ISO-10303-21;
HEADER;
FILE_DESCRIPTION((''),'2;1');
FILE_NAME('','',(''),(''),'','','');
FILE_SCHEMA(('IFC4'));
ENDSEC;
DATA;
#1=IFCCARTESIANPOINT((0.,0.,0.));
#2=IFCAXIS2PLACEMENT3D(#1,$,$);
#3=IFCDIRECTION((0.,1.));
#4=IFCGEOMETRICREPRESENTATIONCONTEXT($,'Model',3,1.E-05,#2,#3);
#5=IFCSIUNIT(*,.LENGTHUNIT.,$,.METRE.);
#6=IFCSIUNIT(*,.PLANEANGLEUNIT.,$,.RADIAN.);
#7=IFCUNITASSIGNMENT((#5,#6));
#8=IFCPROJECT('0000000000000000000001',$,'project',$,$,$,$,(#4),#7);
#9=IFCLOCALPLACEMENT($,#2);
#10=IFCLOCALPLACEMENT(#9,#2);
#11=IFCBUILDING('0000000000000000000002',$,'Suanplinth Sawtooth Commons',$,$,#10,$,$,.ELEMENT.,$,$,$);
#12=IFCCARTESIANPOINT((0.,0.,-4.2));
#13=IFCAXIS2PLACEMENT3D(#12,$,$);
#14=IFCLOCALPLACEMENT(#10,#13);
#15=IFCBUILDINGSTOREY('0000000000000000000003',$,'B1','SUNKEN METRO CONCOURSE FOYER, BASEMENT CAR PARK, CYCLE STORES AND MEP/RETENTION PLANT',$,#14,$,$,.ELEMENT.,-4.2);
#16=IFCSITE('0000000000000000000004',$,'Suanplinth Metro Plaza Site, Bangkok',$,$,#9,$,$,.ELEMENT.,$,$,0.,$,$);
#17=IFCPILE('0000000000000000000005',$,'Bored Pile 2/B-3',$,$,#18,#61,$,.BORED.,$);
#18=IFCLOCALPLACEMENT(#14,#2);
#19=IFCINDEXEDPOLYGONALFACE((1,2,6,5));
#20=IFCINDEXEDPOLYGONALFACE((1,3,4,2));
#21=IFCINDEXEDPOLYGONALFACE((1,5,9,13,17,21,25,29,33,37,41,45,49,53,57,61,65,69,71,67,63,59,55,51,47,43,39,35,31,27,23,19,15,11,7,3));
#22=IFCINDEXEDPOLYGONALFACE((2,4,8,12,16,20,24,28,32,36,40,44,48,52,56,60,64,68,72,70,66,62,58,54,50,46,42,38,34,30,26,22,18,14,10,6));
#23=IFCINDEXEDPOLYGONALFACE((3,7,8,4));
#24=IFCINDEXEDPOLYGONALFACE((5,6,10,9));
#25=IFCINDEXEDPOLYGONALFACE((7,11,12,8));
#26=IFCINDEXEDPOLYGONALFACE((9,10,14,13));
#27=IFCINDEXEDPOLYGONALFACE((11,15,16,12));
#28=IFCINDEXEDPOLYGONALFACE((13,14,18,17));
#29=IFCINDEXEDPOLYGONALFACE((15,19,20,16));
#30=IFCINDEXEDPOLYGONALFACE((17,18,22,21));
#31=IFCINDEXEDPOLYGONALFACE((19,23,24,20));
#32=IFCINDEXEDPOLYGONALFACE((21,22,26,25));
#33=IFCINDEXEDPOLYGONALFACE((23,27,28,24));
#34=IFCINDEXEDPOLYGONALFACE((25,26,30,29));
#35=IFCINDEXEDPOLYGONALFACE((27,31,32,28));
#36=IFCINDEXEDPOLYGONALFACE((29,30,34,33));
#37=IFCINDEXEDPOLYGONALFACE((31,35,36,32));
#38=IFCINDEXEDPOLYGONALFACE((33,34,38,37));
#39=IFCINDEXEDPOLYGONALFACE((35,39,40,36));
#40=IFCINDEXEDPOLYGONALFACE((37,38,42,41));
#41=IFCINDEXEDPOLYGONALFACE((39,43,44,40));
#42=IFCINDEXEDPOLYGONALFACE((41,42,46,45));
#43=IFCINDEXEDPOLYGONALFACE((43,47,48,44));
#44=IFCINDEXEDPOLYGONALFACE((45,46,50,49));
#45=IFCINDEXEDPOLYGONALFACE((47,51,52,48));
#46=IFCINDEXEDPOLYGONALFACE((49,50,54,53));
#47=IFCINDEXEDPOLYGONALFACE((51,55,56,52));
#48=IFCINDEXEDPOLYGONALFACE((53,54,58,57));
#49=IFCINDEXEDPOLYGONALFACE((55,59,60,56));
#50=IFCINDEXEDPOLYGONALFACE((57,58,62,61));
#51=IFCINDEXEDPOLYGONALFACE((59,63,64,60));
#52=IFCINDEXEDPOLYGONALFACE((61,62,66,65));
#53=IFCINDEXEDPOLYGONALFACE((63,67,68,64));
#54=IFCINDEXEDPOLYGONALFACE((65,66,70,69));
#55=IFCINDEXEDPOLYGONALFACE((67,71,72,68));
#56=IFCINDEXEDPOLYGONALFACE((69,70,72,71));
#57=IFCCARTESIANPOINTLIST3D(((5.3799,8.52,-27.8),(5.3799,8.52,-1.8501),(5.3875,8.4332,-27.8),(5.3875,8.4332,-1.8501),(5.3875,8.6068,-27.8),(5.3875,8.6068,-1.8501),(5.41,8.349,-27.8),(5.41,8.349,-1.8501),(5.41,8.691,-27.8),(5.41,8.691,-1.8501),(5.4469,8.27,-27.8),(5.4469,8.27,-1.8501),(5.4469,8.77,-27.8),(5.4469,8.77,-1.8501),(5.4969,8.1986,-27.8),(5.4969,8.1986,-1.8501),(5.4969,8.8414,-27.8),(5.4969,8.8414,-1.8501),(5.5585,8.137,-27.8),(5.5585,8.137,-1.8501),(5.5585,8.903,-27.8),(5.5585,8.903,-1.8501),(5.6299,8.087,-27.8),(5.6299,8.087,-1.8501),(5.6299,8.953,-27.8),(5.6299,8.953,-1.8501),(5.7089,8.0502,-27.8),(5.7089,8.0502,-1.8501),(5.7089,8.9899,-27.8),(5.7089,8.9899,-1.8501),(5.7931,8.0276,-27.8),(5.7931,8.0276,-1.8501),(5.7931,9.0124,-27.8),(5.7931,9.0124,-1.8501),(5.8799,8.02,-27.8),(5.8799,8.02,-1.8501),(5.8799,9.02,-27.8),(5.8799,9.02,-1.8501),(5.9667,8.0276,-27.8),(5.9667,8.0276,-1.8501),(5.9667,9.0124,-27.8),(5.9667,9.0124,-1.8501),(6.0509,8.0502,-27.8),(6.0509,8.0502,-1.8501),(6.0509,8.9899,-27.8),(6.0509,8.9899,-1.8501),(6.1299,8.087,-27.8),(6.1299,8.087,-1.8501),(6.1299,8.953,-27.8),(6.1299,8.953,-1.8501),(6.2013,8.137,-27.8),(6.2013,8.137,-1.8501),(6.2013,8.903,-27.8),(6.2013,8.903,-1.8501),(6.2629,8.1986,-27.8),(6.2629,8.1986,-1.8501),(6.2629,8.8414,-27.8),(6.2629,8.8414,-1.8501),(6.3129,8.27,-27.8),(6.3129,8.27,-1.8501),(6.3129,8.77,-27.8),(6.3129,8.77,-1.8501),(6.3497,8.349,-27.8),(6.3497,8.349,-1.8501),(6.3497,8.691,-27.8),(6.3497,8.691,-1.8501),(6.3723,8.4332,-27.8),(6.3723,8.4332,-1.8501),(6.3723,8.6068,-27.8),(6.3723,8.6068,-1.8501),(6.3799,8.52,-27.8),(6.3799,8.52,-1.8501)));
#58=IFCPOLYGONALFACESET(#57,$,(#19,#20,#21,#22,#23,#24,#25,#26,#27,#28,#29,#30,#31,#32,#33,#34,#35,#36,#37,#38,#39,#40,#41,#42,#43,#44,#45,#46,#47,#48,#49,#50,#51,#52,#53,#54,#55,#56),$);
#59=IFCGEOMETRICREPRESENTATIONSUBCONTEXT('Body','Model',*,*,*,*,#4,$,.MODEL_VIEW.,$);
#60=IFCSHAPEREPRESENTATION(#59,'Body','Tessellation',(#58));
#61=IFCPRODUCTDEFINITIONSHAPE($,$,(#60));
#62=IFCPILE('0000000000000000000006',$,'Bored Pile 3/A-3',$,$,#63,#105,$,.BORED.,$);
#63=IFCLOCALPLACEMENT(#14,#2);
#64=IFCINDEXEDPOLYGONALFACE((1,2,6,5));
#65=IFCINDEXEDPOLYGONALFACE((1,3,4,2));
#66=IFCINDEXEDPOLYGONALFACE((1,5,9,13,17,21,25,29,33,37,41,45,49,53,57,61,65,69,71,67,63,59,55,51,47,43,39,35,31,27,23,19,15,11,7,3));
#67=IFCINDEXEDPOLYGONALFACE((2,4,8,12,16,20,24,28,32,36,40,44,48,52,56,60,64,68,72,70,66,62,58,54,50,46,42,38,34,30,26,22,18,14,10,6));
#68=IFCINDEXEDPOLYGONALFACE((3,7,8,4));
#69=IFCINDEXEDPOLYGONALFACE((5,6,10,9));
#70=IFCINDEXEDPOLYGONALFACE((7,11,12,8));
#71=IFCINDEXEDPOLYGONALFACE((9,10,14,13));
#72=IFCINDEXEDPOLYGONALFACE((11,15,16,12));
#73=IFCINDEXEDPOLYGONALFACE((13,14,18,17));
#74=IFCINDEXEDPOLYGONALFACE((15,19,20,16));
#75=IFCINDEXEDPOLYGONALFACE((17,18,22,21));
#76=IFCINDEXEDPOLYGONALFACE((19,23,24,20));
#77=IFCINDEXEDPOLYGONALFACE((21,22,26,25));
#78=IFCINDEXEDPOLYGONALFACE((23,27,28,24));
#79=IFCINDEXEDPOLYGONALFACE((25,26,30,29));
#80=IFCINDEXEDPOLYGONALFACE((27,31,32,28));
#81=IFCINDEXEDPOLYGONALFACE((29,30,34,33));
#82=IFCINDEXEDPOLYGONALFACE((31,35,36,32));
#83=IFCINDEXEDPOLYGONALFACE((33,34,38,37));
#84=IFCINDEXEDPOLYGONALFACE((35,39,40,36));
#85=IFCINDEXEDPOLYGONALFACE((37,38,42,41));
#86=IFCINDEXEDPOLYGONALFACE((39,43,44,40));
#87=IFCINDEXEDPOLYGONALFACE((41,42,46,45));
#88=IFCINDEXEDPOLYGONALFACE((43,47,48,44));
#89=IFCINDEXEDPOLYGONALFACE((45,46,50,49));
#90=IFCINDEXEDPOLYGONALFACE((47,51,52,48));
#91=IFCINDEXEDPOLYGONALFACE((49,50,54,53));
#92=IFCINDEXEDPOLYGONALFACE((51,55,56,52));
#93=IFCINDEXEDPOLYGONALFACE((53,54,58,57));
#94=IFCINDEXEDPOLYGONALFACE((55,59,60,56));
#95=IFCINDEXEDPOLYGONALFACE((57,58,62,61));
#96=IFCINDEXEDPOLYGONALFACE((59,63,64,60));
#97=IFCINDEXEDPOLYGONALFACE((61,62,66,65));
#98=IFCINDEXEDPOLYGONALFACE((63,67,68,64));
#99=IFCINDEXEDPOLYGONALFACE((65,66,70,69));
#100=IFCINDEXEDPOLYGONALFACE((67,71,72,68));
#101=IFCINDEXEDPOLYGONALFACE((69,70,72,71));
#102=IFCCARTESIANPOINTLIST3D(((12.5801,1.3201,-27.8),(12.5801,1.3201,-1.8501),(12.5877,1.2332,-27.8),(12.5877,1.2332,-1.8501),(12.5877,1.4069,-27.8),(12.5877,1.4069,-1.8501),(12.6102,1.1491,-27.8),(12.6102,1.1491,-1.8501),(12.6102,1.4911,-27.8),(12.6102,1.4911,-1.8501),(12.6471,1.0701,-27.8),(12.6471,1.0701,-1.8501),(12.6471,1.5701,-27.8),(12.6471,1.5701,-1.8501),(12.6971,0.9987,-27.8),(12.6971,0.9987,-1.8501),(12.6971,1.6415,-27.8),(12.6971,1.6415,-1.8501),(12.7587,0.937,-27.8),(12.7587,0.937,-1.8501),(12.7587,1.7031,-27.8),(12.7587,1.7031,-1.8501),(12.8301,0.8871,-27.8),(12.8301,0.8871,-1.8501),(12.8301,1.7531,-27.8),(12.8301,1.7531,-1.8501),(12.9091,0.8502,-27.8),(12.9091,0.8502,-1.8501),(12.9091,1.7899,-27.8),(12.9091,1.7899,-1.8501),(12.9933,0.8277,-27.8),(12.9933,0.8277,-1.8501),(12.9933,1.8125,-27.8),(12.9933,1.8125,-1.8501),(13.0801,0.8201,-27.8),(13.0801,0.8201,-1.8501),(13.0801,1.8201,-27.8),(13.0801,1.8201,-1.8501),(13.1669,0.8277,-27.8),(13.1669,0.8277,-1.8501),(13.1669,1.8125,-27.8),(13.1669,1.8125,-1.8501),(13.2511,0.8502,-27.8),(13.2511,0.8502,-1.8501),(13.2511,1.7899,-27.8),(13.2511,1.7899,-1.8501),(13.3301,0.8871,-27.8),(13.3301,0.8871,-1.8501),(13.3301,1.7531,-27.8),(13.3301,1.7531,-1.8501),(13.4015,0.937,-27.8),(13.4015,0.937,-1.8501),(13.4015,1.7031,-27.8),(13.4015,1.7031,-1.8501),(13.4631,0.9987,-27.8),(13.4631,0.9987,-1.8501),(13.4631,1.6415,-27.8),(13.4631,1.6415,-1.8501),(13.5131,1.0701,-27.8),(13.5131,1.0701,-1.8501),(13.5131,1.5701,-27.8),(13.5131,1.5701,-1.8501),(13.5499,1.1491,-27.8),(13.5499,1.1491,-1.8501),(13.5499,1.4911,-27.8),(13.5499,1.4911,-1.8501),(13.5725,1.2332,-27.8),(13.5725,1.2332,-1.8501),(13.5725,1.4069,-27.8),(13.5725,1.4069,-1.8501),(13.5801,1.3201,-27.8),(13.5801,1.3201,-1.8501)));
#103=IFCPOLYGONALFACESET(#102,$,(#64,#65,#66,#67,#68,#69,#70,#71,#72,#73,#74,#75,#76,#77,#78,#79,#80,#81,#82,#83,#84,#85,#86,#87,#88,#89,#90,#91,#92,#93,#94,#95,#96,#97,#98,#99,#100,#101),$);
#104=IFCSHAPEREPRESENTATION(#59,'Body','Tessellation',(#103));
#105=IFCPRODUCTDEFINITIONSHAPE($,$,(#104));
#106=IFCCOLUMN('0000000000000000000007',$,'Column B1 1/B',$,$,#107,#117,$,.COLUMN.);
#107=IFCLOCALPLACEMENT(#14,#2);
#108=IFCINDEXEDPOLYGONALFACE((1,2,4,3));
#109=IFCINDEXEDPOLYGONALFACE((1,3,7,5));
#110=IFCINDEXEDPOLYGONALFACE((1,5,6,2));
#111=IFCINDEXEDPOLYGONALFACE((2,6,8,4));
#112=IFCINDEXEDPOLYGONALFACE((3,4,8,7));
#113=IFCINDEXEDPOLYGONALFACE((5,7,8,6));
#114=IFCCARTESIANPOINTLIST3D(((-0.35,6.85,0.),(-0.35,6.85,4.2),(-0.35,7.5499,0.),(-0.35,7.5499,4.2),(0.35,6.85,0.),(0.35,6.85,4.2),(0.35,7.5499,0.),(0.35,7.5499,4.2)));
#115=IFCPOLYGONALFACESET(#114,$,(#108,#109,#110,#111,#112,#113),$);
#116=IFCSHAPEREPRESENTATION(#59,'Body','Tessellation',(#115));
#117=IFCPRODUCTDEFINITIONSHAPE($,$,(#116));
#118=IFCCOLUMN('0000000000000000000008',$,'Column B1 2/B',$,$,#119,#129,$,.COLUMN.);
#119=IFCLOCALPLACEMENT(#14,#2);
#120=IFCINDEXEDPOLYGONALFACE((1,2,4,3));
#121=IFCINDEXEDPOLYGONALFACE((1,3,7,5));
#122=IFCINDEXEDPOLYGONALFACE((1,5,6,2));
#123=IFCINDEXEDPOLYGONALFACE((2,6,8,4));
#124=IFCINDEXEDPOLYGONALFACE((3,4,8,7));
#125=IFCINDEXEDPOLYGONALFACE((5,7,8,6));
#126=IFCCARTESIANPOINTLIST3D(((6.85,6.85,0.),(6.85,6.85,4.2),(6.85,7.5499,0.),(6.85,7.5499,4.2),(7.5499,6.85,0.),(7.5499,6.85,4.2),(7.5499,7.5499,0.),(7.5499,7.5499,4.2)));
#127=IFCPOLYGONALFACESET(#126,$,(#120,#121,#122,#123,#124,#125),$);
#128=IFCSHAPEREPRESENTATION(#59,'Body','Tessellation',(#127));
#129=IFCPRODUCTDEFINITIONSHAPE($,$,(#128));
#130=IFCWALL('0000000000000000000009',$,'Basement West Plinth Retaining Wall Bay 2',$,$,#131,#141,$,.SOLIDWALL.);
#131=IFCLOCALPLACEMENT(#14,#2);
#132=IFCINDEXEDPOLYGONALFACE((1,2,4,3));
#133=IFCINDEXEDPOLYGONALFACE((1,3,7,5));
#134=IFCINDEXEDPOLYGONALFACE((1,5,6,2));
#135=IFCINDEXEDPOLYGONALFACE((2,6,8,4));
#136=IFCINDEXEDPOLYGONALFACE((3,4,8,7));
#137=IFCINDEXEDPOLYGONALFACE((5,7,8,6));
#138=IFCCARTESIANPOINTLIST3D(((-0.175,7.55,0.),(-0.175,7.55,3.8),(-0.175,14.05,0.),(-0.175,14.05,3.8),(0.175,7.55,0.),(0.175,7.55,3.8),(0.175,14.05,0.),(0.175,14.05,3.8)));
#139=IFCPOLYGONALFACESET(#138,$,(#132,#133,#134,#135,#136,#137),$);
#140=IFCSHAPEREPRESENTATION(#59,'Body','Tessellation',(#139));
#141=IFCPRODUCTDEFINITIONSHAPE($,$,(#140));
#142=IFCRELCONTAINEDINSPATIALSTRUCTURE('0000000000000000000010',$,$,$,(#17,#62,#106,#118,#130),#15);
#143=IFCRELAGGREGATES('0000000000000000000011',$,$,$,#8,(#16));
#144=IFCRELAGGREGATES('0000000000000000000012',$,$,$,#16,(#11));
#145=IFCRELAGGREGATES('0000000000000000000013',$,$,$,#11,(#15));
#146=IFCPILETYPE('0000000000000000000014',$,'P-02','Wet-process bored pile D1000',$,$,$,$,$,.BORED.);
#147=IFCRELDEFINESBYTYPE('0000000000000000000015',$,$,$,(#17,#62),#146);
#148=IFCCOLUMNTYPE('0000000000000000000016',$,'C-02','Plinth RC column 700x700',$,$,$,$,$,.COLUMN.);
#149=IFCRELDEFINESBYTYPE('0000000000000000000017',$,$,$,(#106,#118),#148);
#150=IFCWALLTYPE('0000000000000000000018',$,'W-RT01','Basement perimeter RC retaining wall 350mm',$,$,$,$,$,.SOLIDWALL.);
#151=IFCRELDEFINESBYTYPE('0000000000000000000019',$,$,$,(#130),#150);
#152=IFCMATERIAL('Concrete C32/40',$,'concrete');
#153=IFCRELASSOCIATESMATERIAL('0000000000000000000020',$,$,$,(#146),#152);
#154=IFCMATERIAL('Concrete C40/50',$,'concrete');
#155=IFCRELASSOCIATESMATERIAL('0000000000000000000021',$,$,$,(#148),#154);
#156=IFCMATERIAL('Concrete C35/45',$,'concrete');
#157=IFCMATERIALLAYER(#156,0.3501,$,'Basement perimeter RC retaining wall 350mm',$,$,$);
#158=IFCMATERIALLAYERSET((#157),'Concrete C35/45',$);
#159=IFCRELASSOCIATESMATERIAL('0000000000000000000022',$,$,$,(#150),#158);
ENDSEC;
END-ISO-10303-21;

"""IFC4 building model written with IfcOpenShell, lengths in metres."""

from ifc_helpers import new_model, si_unit, direction, frame, frame_2d, origin, origin_2d, place, context, subcontext, project, spatial, rectangle, circle, extrude, material, layer, layer_set, material_profile, profile_set, type_object, element, save


model = new_model("IFC4")

# Units and contexts
model_context = context("Model", 3, precision=1e-05, world=origin(), true_north=direction((0.0, 1.0)))
body_context = subcontext(model_context, "Body", "Model", "MODEL_VIEW")
ifc_project = project(units=[si_unit("LENGTHUNIT", "METRE"), si_unit("PLANEANGLEUNIT", "RADIAN")], contexts=[model_context])

# Site, building, storey
site_placement = place(None, origin())
site = spatial("IfcSite", under=ifc_project, at=site_placement, Name="Suanplinth Metro Plaza Site, Bangkok", CompositionType="ELEMENT", RefElevation=0.0)
building_placement = place(site_placement, origin())
building = spatial("IfcBuilding", under=site, at=building_placement, Name="Suanplinth Sawtooth Commons", CompositionType="ELEMENT")
storey_placement = place(building_placement, frame((0.0, 0.0, -4.2)))
storey = spatial("IfcBuildingStorey", under=building, at=storey_placement, Name="B1", Description="SUNKEN METRO CONCOURSE FOYER, BASEMENT CAR PARK, CYCLE STORES AND MEP/RETENTION PLANT", CompositionType="ELEMENT", Elevation=-4.2)

# Shared definitions
ifc_material_1 = material(Name="Concrete C35/45", Category="concrete")

# Piles
ifc_material_2 = material(Name="Concrete C32/40", Category="concrete")
ifc_material_profile_1 = material_profile(ifc_material_2, circle(Radius=0.5, at=origin_2d()), Name="PILE D1000")
ifc_profile_set_1 = profile_set([ifc_material_profile_1], Name="Concrete C32/40")
pile_type = type_object("IfcPileType", Name="P-02", Description="Wet-process bored pile D1000", PredefinedType="BORED", material=ifc_profile_set_1)
for number, where, z_axis, x_axis, name in (
    (1, (5.8799, 8.52, -1.8501), (0.0, 0.0, -1.0), (1.0, 0.0, 0.0), "Bored Pile 2/B-3"),
    (2, (13.0801, 1.3201, -1.8501), (0.0, 0.0, -1.0), (1.0, 0.0, 0.0), "Bored Pile 3/A-3"),
):
    element("IfcPile", number, at=place(storey_placement, frame(where, z_axis=z_axis, x_axis=x_axis)), inside=storey, type_object=pile_type, Name=name, PredefinedType="BORED", context=body_context, shape_type="SweptSolid", body=[
        extrude(circle(Radius=0.5, at=origin_2d()), origin(), (0.0, 0.0, 1.0), 25.95),
    ])

# Columns
ifc_material_3 = material(Name="Concrete C40/50", Category="concrete")
ifc_material_profile_2 = material_profile(ifc_material_3, rectangle(XDim=0.7, YDim=0.7, at=origin_2d()), Name="RC-COL 700x700")
ifc_profile_set_2 = profile_set([ifc_material_profile_2], Name="Concrete C40/50")
column_type = type_object("IfcColumnType", Name="C-02", Description="Plinth RC column 700x700", PredefinedType="COLUMN", material=ifc_profile_set_2)
for number, where, z_axis, x_axis, name in (
    (3, (0.0, 7.2, 0.0), (0.0, 0.0, 1.0), (1.0, 0.0, 0.0), "Column B1 1/B"),
    (4, (7.2, 7.2, 0.0), (0.0, 0.0, 1.0), (1.0, 0.0, 0.0), "Column B1 2/B"),
):
    element("IfcColumn", number, at=place(storey_placement, frame(where, z_axis=z_axis, x_axis=x_axis)), inside=storey, type_object=column_type, Name=name, PredefinedType="COLUMN", context=body_context, shape_type="SweptSolid", body=[
        extrude(rectangle(XDim=0.7, YDim=0.7, at=origin_2d()), origin(), (0.0, 0.0, 1.0), 4.2),
    ])

# Wall
ifc_layer = layer(ifc_material_1, 0.3501, Name="Basement perimeter RC retaining wall 350mm")
ifc_layer_set = layer_set([ifc_layer], Name="Concrete C35/45")
wall_type = type_object("IfcWallType", Name="W-RT01", Description="Basement perimeter RC retaining wall 350mm", PredefinedType="SOLIDWALL", material=ifc_layer_set)
wall_placement = place(storey_placement, frame((0.0, 7.55, 0.0), z_axis=(0.0, 0.0, 1.0), x_axis=(0.0, 1.0, 0.0)))
element("IfcWall", 5, at=wall_placement, inside=storey, type_object=wall_type, Name="Basement West Plinth Retaining Wall Bay 2", PredefinedType="SOLIDWALL", context=body_context, shape_type="SweptSolid", body=[
    extrude(rectangle(XDim=6.5, YDim=0.3501, at=frame_2d((3.25, 0.0))), origin(), (0.0, 0.0, 1.0), 3.8),
])

save(model, "model.ifc")
